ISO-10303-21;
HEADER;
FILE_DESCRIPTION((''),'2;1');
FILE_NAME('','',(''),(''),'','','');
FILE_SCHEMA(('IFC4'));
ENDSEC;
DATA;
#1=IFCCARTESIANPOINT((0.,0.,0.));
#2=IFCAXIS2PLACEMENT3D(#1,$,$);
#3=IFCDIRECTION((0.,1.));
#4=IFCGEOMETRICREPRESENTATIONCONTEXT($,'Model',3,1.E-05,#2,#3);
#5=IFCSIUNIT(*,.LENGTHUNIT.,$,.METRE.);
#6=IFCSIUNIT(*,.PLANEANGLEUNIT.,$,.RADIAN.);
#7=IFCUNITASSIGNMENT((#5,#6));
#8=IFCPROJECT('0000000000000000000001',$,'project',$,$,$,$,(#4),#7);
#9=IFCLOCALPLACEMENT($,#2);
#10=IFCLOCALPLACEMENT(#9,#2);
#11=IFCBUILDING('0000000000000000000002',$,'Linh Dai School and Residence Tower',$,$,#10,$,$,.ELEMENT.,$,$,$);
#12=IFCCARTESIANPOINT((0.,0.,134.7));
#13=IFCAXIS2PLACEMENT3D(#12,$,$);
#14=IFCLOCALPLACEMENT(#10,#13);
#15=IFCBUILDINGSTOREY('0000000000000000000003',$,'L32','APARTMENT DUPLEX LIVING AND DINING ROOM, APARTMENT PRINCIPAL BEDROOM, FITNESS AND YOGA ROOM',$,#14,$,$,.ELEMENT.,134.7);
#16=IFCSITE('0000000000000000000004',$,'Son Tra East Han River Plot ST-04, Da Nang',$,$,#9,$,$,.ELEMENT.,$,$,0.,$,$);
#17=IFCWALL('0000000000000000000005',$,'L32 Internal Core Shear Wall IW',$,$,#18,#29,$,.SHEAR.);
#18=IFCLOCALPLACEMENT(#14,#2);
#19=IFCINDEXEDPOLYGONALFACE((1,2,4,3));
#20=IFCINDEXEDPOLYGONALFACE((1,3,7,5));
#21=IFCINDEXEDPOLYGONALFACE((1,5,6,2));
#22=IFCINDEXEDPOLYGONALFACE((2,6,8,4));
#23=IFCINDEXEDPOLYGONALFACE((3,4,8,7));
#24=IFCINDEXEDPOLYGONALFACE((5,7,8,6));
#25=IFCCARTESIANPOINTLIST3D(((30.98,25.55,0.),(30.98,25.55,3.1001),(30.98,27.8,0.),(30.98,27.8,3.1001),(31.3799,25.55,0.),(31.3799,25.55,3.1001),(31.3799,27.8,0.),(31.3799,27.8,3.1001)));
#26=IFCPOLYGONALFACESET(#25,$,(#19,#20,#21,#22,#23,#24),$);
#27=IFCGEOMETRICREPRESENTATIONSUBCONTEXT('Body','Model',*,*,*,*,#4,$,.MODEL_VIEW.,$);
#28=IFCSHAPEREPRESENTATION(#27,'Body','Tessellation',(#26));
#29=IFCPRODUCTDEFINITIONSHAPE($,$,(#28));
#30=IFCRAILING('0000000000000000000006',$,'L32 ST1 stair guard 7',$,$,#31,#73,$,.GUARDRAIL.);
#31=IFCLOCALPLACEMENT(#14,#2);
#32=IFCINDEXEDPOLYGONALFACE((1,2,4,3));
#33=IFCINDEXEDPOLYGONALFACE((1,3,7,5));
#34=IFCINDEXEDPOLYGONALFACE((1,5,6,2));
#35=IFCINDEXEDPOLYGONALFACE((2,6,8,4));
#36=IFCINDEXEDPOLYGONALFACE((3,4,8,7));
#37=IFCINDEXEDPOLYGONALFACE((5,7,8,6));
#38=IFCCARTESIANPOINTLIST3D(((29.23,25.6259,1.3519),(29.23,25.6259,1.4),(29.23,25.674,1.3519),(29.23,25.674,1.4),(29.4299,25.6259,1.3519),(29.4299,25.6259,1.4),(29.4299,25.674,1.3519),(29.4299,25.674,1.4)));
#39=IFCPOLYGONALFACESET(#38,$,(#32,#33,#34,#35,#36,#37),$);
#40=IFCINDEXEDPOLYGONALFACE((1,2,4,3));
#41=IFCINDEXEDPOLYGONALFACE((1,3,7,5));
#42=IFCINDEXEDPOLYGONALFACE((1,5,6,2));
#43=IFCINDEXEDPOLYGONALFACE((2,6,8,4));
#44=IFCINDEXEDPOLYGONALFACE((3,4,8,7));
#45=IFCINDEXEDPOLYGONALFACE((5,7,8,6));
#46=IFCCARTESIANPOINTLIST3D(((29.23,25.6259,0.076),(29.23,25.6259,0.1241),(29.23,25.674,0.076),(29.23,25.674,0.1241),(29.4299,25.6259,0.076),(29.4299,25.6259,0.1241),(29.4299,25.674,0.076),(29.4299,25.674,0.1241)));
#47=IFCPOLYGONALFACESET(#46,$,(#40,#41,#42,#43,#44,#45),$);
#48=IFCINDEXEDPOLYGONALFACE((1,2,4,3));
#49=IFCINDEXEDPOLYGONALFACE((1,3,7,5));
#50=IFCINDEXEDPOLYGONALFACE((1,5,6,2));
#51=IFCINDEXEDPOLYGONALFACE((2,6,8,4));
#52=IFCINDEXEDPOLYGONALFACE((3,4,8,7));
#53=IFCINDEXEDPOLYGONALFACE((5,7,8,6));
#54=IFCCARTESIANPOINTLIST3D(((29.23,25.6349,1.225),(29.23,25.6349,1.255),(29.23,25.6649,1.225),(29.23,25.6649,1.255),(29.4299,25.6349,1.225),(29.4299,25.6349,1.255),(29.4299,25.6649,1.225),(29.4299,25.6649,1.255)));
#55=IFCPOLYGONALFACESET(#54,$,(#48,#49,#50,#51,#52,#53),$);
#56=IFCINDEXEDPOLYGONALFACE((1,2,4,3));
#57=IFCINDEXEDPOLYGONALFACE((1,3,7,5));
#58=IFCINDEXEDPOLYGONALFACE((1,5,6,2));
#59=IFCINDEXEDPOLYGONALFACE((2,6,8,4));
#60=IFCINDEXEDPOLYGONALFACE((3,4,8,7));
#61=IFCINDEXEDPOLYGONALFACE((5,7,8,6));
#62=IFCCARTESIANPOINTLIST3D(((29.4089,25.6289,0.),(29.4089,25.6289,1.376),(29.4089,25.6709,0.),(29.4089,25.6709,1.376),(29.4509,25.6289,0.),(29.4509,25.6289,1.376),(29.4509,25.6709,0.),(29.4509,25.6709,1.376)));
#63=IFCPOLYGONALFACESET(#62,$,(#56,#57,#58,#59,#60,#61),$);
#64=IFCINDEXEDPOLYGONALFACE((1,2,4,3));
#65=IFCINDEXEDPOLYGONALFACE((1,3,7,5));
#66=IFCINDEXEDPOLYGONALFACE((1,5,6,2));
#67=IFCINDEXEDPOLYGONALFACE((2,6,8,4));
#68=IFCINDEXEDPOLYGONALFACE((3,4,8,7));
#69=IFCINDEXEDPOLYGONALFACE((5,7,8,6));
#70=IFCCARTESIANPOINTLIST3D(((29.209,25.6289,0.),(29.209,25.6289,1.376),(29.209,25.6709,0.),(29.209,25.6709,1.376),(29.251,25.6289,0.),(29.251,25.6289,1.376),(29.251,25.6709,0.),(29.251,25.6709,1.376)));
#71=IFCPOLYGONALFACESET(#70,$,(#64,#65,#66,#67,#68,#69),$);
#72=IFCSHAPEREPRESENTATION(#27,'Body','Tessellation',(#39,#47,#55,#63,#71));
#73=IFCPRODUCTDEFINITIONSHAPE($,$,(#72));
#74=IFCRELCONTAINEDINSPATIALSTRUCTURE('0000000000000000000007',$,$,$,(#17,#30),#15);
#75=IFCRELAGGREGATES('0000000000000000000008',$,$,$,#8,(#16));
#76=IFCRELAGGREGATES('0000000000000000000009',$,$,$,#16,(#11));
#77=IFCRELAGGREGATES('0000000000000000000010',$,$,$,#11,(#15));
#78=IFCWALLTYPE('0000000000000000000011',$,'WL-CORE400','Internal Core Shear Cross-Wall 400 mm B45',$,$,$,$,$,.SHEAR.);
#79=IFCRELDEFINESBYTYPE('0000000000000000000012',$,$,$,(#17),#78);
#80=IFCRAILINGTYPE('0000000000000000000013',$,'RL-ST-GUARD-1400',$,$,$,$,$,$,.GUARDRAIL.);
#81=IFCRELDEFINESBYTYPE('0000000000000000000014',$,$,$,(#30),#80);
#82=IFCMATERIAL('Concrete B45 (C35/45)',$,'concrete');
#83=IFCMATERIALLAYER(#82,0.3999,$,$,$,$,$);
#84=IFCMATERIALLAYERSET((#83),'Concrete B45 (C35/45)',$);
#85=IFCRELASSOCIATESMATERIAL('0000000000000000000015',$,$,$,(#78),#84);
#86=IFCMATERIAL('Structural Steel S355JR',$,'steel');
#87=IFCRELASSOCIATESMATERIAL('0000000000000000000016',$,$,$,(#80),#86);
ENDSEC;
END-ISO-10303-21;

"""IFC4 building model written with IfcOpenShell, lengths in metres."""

from ifc_helpers import new_model, si_unit, direction, frame, frame_2d, origin, origin_2d, place, context, subcontext, project, spatial, rectangle, extrude, source, transform, mapped, material, layer, layer_set, type_object, element, save


model = new_model("IFC4")

# Units and contexts
model_context = context("Model", 3, precision=1e-05, world=origin(), true_north=direction((0.0, 1.0)))
body_context = subcontext(model_context, "Body", "Model", "MODEL_VIEW")
ifc_project = project(units=[si_unit("LENGTHUNIT", "METRE"), si_unit("PLANEANGLEUNIT", "RADIAN")], contexts=[model_context])

# Site, building, storey
site_placement = place(None, origin())
site = spatial("IfcSite", under=ifc_project, at=site_placement, Name="Son Tra East Han River Plot ST-04, Da Nang", CompositionType="ELEMENT", RefElevation=0.0)
building_placement = place(site_placement, origin())
building = spatial("IfcBuilding", under=site, at=building_placement, Name="Linh Dai School and Residence Tower", CompositionType="ELEMENT")
storey_placement = place(building_placement, frame((0.0, 0.0, 134.7)))
storey = spatial("IfcBuildingStorey", under=building, at=storey_placement, Name="L32", Description="APARTMENT DUPLEX LIVING AND DINING ROOM, APARTMENT PRINCIPAL BEDROOM, FITNESS AND YOGA ROOM", CompositionType="ELEMENT", Elevation=134.7)

# Shared definitions
ifc_material_1 = material(Name="Structural Steel S355JR", Category="steel")

# Shared definitions
ifc_material_2 = material(Name="Concrete B45 (C35/45)", Category="concrete")

# Wall
ifc_layer_1 = layer(ifc_material_2, 0.3999)
ifc_layer_set_1 = layer_set([ifc_layer_1], Name="Concrete B45 (C35/45)")
wall_type_1 = type_object("IfcWallType", Name="WL-CORE400", Description="Internal Core Shear Cross-Wall 400 mm B45", PredefinedType="SHEAR", material=ifc_layer_set_1)
wall_1_placement = place(storey_placement, frame((31.1799, 25.55, 0.0), z_axis=(0.0, 0.0, 1.0), x_axis=(0.0, 1.0, 0.0)))
element("IfcWall", 1, at=wall_1_placement, inside=storey, type_object=wall_type_1, Name="L32 Internal Core Shear Wall IW", PredefinedType="SHEAR", context=body_context, shape_type="SweptSolid", body=[
    extrude(rectangle(XDim=2.25, YDim=0.3999, at=frame_2d((1.125, 0.0))), origin(), (0.0, 0.0, 1.0), 3.1001),
])

# Railing
railing_type = type_object("IfcRailingType", Name="RL-ST-GUARD-1400", PredefinedType="GUARDRAIL", material=ifc_material_1)
shared_shape_1 = source(origin(), body_context, "Body", "SweptSolid", [
    extrude(rectangle(XDim=0.0481, YDim=0.0481, at=origin_2d()), frame((0.0, 0.0, 1.376), z_axis=(-1.0, 0.0, 0.0), x_axis=(0.0, -1.0, 0.0)), (0.0, 0.0, 1.0), 0.2),
    extrude(rectangle(XDim=0.0481, YDim=0.0481, at=origin_2d()), frame((0.0, 0.0, 0.1001), z_axis=(-1.0, 0.0, 0.0), x_axis=(0.0, -1.0, 0.0)), (0.0, 0.0, 1.0), 0.2),
    extrude(rectangle(XDim=0.03, YDim=0.03, at=origin_2d()), frame((0.0, 0.0, 1.24), z_axis=(-1.0, 0.0, 0.0), x_axis=(0.0, -1.0, 0.0)), (0.0, 0.0, 1.0), 0.2),
    extrude(rectangle(XDim=0.042, YDim=0.042, at=origin_2d()), origin(), (0.0, 0.0, 1.0), 1.376),
    extrude(rectangle(XDim=0.042, YDim=0.042, at=origin_2d()), frame((-0.2, 0.0, 0.0)), (0.0, 0.0, 1.0), 1.376),
])
railing_1_placement = place(storey_placement, frame((29.4299, 25.6499, 0.0)))
element("IfcRailing", 2, at=railing_1_placement, inside=storey, type_object=railing_type, Name="L32 ST1 stair guard 7", PredefinedType="GUARDRAIL", context=body_context, shape_type="MappedRepresentation", body=[
    mapped(shared_shape_1, transform((0.0, 0.0, 0.0), x_axis=(1.0, 0.0, 0.0), y_axis=(0.0, 1.0, 0.0), z_axis=(0.0, 0.0, 1.0), scale=1.0)),
])

save(model, "model.ifc")
